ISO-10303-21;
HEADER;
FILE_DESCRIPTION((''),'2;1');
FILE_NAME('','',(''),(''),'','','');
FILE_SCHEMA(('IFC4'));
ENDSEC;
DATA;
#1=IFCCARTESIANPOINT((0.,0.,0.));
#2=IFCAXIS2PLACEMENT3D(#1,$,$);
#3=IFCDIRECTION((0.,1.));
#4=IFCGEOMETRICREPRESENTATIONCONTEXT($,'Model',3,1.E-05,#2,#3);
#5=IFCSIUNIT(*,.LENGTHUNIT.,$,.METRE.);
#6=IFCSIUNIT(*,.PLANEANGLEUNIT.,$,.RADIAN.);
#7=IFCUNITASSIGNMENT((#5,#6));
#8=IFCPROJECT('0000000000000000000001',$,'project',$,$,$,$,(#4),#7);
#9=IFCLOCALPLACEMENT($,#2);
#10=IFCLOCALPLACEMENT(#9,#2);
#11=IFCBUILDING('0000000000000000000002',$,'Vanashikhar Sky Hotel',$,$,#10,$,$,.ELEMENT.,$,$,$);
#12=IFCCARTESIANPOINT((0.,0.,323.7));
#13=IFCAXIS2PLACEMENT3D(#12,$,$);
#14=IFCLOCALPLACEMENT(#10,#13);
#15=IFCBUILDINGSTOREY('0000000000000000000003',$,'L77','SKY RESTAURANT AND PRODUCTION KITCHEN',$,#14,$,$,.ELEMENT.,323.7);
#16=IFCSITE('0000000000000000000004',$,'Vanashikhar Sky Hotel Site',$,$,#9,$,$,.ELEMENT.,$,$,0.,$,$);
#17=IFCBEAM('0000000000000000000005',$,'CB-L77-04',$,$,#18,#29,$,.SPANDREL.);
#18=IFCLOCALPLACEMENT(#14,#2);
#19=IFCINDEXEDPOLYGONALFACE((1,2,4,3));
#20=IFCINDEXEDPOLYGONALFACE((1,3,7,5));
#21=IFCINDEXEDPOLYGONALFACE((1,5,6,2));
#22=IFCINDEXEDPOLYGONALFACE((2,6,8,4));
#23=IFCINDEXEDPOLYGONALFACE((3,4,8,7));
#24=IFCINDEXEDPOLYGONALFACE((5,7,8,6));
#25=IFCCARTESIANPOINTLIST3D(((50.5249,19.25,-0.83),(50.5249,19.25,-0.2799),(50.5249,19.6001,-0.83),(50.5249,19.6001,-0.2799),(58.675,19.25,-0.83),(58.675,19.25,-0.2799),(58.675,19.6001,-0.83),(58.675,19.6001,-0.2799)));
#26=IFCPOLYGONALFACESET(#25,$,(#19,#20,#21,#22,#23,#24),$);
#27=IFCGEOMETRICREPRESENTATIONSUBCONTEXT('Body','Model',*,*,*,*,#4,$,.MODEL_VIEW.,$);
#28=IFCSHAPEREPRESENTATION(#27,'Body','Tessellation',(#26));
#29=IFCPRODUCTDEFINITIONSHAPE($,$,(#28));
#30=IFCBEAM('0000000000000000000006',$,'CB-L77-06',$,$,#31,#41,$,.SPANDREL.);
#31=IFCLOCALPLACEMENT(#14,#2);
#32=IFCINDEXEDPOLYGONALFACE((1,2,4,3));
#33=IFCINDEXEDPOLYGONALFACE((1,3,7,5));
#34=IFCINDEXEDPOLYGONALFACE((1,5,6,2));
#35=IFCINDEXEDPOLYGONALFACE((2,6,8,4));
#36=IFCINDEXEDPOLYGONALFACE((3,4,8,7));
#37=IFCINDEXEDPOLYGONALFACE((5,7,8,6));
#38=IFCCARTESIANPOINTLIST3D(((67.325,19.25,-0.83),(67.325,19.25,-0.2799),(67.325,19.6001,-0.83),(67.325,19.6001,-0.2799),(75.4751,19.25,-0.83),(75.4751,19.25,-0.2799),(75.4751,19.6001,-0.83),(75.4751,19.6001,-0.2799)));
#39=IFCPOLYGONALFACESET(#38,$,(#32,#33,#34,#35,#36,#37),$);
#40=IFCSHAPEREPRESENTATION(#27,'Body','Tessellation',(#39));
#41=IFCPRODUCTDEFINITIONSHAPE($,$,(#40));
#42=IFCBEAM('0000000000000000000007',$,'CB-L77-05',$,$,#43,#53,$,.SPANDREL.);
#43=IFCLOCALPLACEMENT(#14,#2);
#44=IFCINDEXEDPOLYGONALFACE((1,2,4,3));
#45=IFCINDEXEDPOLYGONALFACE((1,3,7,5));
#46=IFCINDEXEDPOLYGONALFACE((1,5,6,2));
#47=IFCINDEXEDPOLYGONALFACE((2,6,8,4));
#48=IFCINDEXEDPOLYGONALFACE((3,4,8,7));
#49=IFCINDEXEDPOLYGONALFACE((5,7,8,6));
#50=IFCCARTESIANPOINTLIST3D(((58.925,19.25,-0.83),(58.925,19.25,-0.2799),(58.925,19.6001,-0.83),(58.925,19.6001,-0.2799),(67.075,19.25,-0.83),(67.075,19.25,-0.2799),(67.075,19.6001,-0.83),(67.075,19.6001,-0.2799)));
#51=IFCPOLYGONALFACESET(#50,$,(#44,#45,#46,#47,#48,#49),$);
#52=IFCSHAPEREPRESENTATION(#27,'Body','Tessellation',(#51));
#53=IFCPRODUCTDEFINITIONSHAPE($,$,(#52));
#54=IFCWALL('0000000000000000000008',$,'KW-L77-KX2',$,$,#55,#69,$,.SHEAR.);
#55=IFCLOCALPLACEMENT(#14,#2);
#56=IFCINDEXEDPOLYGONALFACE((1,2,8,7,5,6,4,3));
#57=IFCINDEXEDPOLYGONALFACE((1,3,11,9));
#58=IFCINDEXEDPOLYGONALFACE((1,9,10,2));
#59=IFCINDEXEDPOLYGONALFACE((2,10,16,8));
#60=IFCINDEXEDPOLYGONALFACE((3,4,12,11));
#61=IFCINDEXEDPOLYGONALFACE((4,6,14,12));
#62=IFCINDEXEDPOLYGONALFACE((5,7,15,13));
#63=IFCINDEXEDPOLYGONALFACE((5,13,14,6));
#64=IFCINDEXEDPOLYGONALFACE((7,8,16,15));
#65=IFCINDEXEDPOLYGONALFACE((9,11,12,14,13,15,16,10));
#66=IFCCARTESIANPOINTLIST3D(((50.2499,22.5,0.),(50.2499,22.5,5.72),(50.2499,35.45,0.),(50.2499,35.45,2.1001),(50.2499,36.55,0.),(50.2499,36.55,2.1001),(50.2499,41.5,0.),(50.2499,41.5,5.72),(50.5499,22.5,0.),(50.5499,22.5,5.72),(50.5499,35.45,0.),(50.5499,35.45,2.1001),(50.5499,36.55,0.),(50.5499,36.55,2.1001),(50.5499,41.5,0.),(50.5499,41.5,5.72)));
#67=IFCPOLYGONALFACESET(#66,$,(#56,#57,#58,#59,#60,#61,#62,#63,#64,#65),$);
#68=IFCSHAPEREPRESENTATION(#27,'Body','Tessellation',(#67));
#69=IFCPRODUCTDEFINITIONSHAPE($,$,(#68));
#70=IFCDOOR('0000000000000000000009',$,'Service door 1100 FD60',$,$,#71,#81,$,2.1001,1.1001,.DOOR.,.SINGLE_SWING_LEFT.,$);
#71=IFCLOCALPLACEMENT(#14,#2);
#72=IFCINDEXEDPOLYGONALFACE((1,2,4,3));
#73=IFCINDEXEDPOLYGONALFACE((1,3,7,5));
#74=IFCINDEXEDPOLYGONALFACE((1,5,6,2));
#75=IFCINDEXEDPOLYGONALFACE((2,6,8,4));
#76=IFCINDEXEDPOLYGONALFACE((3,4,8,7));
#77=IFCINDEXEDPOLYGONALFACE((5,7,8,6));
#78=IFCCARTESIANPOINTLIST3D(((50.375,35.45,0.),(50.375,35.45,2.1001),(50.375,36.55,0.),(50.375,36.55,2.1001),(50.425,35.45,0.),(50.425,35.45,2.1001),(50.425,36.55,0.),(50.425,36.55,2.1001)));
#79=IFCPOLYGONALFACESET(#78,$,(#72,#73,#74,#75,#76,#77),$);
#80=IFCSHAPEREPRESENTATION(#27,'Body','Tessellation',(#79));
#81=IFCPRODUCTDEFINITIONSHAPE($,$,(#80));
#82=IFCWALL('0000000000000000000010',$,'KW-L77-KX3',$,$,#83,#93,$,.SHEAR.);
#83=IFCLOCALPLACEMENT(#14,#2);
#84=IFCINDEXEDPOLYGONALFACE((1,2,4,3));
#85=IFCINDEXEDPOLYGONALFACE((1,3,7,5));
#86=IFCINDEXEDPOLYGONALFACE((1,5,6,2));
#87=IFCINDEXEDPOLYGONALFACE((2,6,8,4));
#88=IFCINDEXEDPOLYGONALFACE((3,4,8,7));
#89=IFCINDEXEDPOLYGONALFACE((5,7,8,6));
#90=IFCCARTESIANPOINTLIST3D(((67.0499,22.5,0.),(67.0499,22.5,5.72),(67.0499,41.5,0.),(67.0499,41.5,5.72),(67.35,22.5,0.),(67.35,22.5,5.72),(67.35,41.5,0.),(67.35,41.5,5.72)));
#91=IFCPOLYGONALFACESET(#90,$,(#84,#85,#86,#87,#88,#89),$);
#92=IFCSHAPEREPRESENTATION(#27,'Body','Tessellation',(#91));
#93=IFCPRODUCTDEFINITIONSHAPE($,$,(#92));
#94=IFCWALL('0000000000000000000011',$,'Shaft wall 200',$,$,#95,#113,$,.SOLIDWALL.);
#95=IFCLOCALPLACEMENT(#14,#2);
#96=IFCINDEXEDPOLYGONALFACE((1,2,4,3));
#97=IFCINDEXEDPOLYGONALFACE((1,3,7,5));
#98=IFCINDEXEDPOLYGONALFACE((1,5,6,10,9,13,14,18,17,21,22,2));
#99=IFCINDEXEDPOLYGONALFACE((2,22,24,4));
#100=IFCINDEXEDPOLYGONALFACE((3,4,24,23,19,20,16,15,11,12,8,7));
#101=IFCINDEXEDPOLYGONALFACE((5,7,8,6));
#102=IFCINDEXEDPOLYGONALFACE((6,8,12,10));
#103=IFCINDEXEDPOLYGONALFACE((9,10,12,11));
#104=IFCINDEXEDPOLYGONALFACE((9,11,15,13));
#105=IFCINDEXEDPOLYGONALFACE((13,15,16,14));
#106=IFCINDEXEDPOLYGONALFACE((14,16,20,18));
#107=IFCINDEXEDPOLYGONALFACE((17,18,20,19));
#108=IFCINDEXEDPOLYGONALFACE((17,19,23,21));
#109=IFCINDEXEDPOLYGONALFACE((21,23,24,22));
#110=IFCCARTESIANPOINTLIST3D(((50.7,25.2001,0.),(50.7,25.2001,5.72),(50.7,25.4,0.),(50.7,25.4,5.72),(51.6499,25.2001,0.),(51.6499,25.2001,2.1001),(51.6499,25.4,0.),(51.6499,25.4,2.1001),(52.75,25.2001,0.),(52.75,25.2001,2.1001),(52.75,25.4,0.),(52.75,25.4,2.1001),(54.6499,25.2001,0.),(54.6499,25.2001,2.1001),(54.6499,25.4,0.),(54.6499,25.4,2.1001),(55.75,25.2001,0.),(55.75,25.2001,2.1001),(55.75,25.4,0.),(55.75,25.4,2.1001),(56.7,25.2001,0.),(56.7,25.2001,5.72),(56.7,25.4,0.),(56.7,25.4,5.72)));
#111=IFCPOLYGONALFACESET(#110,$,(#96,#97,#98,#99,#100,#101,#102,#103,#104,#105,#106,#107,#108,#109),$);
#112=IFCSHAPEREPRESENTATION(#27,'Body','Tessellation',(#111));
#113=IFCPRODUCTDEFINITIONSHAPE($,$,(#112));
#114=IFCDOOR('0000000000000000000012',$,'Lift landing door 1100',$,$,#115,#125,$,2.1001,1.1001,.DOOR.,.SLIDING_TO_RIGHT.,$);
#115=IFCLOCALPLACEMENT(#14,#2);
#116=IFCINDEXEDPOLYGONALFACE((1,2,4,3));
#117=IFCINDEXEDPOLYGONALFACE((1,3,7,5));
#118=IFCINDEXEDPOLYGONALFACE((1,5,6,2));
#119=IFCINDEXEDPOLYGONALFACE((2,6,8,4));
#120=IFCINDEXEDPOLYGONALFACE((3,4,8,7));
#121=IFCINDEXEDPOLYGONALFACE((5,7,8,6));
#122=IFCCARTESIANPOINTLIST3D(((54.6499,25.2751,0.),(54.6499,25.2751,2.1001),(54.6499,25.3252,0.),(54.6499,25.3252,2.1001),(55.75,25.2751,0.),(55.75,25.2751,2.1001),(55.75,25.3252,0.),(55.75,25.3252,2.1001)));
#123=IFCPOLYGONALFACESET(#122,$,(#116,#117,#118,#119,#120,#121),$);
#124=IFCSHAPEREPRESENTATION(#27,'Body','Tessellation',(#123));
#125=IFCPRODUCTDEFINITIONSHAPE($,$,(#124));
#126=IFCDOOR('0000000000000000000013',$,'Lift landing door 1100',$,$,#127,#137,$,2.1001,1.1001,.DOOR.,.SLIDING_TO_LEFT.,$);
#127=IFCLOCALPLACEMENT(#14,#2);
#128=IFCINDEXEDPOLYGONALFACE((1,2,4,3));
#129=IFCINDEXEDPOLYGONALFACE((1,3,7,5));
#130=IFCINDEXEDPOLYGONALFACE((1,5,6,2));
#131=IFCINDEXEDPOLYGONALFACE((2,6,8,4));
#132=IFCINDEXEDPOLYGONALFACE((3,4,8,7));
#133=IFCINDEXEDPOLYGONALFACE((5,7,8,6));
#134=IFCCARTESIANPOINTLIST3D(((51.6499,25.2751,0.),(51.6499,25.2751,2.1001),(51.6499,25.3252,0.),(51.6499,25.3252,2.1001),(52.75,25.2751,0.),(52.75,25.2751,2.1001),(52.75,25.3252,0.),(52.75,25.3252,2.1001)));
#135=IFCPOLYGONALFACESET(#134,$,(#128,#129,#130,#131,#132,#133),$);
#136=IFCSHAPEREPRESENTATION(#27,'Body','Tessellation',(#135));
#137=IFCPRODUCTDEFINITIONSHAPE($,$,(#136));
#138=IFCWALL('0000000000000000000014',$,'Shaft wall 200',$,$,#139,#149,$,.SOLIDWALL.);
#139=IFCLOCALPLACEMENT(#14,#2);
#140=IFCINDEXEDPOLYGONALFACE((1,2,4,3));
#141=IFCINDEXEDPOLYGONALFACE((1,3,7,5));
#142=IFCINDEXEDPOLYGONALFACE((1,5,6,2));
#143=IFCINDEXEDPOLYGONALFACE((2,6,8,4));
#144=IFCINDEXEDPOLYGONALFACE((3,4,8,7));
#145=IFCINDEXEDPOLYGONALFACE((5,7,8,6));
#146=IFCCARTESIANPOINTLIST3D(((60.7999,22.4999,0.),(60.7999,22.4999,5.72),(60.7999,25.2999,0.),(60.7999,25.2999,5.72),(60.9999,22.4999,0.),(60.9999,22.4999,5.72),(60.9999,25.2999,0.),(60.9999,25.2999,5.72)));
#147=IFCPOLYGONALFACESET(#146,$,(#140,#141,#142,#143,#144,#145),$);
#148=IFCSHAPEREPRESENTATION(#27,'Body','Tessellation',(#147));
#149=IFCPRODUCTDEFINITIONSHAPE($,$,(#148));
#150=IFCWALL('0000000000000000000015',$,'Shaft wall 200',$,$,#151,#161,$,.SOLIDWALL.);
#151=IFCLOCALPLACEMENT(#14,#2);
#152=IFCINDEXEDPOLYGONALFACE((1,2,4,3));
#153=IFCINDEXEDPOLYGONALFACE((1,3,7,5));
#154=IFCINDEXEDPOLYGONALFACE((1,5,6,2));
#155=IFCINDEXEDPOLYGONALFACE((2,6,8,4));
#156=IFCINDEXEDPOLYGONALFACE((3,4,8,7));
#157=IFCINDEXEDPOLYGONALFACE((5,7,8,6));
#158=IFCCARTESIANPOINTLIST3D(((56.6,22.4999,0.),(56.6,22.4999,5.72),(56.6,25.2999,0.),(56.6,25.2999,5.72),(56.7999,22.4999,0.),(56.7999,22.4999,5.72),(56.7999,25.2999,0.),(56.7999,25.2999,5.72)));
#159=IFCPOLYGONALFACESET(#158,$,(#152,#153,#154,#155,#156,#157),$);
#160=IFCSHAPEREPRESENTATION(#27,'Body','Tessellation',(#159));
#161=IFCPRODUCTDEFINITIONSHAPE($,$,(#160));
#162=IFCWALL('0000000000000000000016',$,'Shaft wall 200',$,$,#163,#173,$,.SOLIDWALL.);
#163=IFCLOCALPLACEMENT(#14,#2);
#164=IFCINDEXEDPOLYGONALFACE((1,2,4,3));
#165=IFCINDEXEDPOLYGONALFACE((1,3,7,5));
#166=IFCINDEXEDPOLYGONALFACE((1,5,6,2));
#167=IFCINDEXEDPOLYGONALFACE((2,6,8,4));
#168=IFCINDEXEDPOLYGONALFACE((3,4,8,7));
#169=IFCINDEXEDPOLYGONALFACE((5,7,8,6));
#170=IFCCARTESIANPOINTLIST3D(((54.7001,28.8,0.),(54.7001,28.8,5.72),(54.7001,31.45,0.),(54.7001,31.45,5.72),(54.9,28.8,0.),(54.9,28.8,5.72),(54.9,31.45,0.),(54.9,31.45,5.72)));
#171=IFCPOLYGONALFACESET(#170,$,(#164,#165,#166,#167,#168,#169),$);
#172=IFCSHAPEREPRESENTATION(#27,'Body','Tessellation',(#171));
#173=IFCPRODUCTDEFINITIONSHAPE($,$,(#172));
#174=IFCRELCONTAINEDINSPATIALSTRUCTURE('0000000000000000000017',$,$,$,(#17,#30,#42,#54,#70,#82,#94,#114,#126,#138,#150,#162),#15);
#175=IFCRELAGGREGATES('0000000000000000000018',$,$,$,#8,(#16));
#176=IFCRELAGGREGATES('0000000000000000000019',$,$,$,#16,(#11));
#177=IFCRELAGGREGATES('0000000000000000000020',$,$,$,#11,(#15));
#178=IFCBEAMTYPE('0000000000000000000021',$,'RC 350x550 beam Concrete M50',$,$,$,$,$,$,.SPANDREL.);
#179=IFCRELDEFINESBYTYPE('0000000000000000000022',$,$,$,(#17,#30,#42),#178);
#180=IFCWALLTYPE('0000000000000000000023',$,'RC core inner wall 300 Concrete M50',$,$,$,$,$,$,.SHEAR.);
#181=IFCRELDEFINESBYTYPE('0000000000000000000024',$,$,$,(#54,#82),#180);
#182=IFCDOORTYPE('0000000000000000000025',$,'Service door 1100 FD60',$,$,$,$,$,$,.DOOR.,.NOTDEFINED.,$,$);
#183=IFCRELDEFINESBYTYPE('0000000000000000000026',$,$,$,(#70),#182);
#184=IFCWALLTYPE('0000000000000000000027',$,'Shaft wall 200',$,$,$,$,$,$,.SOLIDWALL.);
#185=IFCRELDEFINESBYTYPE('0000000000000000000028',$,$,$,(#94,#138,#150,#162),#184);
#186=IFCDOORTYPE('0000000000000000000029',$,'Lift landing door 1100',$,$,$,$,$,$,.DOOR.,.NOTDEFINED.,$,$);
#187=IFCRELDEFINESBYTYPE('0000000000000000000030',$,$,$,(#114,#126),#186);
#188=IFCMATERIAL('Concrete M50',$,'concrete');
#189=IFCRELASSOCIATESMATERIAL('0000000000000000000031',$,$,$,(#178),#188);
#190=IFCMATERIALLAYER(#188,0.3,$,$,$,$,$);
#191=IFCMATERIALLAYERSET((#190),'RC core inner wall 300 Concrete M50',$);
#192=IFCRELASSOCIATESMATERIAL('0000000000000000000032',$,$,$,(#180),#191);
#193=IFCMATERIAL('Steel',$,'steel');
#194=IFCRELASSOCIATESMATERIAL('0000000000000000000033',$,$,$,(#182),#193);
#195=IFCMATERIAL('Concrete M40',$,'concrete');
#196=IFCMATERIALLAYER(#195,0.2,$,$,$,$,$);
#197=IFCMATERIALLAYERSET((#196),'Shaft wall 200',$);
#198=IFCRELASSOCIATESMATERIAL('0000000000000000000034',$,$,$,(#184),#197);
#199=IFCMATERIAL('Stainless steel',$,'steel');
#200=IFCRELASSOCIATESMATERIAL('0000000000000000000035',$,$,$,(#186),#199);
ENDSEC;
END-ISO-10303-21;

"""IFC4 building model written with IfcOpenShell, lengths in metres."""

from ifc_helpers import new_model, si_unit, direction, frame, frame_2d, origin, origin_2d, place, context, subcontext, project, spatial, rectangle, extrude, source, transform, mapped, material, layer, layer_set, material_profile, profile_set, type_object, element, fill, save


model = new_model("IFC4")

# Units and contexts
model_context = context("Model", 3, precision=1e-05, world=origin(), true_north=direction((0.0, 1.0)))
body_context = subcontext(model_context, "Body", "Model", "MODEL_VIEW")
ifc_project = project(units=[si_unit("LENGTHUNIT", "METRE"), si_unit("PLANEANGLEUNIT", "RADIAN")], contexts=[model_context])

# Site, building, storey
site_placement = place(None, origin())
site = spatial("IfcSite", under=ifc_project, at=site_placement, Name="Vanashikhar Sky Hotel Site", CompositionType="ELEMENT", RefElevation=0.0)
building_placement = place(site_placement, origin())
building = spatial("IfcBuilding", under=site, at=building_placement, Name="Vanashikhar Sky Hotel", CompositionType="ELEMENT")
storey_placement = place(building_placement, frame((0.0, 0.0, 323.7)))
storey = spatial("IfcBuildingStorey", under=building, at=storey_placement, Name="L77", Description="SKY RESTAURANT AND PRODUCTION KITCHEN", CompositionType="ELEMENT", Elevation=323.7)

# Beams
ifc_material_1 = material(Name="Concrete M50", Category="concrete")
ifc_material_profile = material_profile(ifc_material_1, rectangle(XDim=0.3501, YDim=0.55, at=origin_2d()))
ifc_profile_set = profile_set([ifc_material_profile], Name="RC 350x550 beam Concrete M50")
beam_type = type_object("IfcBeamType", Name="RC 350x550 beam Concrete M50", PredefinedType="SPANDREL", material=ifc_profile_set)
shared_shape_1 = source(origin(), body_context, "Body", "SweptSolid", [
    extrude(rectangle(XDim=0.3501, YDim=0.55, at=origin_2d()), origin(), (0.0, 0.0, 1.0), 8.1501),
])
for number, where, z_axis, x_axis, name in (
    (1, (50.5249, 19.425, -0.5549), (1.0, 0.0, 0.0), (0.0, 1.0, 0.0), "CB-L77-04"),
    (2, (67.325, 19.425, -0.5549), (1.0, 0.0, 0.0), (0.0, 1.0, 0.0), "CB-L77-06"),
):
    element("IfcBeam", number, at=place(storey_placement, frame(where, z_axis=z_axis, x_axis=x_axis)), inside=storey, type_object=beam_type, Name=name, PredefinedType="SPANDREL", context=body_context, shape_type="MappedRepresentation", body=[
        mapped(shared_shape_1, transform((0.0, 0.0, 0.0), scale=1.0)),
    ])
shared_shape_2 = source(origin(), body_context, "Body", "SweptSolid", [
    extrude(rectangle(XDim=0.3501, YDim=0.55, at=origin_2d()), origin(), (0.0, 0.0, 1.0), 8.1499),
])
beam_placement = place(storey_placement, frame((58.925, 19.425, -0.5549), z_axis=(1.0, 0.0, 0.0), x_axis=(0.0, 1.0, 0.0)))
element("IfcBeam", 3, at=beam_placement, inside=storey, type_object=beam_type, Name="CB-L77-05", PredefinedType="SPANDREL", context=body_context, shape_type="MappedRepresentation", body=[
    mapped(shared_shape_2, transform((0.0, 0.0, 0.0), scale=1.0)),
])

# Wall, opening, door
ifc_layer_1 = layer(ifc_material_1, 0.3)
ifc_layer_set_1 = layer_set([ifc_layer_1], Name="RC core inner wall 300 Concrete M50")
wall_type_1 = type_object("IfcWallType", Name="RC core inner wall 300 Concrete M50", PredefinedType="SHEAR", material=ifc_layer_set_1)
shared_shape_3 = source(origin(), body_context, "Body", "SweptSolid", [
    extrude(rectangle(XDim=19.0, YDim=0.3, at=frame_2d((9.5, 0.0))), origin(), (0.0, 0.0, 1.0), 5.72),
])
wall_1_placement = place(storey_placement, frame((50.3999, 22.5, 0.0), z_axis=(0.0, 0.0, 1.0), x_axis=(0.0, 1.0, 0.0)))
wall_1 = element("IfcWall", 4, at=wall_1_placement, inside=storey, type_object=wall_type_1, Name="KW-L77-KX2", PredefinedType="SHEAR", context=body_context, shape_type="MappedRepresentation", body=[
    mapped(shared_shape_3, transform((0.0, 0.0, 0.0), scale=1.0)),
])
shared_shape_4 = source(origin(), body_context, "Body", "SweptSolid", [
    extrude(rectangle(XDim=1.1001, YDim=2.1001, at=frame_2d((0.55, 1.05))), frame((0.0, 0.1602, 0.0), z_axis=(0.0, -1.0, 0.0), x_axis=(1.0, 0.0, 0.0)), (0.0, 0.0, 1.0), 0.3201),
])
opening_1_placement = place(wall_1_placement, frame((12.95, 0.0, 0.0)))
opening_1 = element("IfcOpeningElement", 5, at=opening_1_placement, cuts=wall_1, PredefinedType="OPENING", context=body_context, shape_type="MappedRepresentation", body=[
    mapped(shared_shape_4, transform((0.0, 0.0, 0.0), scale=1.0)),
])
ifc_material_2 = material(Name="Steel", Category="steel")
door_type_1 = type_object("IfcDoorType", Name="Service door 1100 FD60", OperationType="NOTDEFINED", PredefinedType="DOOR", material=ifc_material_2)
shared_shape_5 = source(origin(), body_context, "Body", "SweptSolid", [
    extrude(rectangle(XDim=1.1001, YDim=2.1001, at=frame_2d((0.55, 1.05))), frame((0.0, 0.0249, 0.0), z_axis=(0.0, -1.0, 0.0), x_axis=(1.0, 0.0, 0.0)), (0.0, 0.0, 1.0), 0.05),
])
door_1_placement = place(opening_1_placement, origin())
door_1 = element("IfcDoor", 6, at=door_1_placement, inside=storey, type_object=door_type_1, Name="Service door 1100 FD60", OperationType="SINGLE_SWING_LEFT", OverallHeight=2.1001, OverallWidth=1.1001, PredefinedType="DOOR", context=body_context, shape_type="MappedRepresentation", body=[
    mapped(shared_shape_5, transform((0.0, 0.0, 0.0), scale=1.0)),
])
fill(opening_1, door_1)

# Wall
wall_2_placement = place(storey_placement, frame((67.2, 22.5, 0.0), z_axis=(0.0, 0.0, 1.0), x_axis=(0.0, 1.0, 0.0)))
element("IfcWall", 7, at=wall_2_placement, inside=storey, type_object=wall_type_1, Name="KW-L77-KX3", PredefinedType="SHEAR", context=body_context, shape_type="MappedRepresentation", body=[
    mapped(shared_shape_3, transform((0.0, 0.0, 0.0), scale=1.0)),
])

# Wall, openings, doors
ifc_material_3 = material(Name="Concrete M40", Category="concrete")
ifc_layer_2 = layer(ifc_material_3, 0.2)
ifc_layer_set_2 = layer_set([ifc_layer_2], Name="Shaft wall 200")
wall_type_2 = type_object("IfcWallType", Name="Shaft wall 200", PredefinedType="SOLIDWALL", material=ifc_layer_set_2)
shared_shape_6 = source(origin(), body_context, "Body", "SweptSolid", [
    extrude(rectangle(XDim=6.0, YDim=0.2, at=frame_2d((3.0, 0.0))), origin(), (0.0, 0.0, 1.0), 5.72),
])
wall_3_placement = place(storey_placement, frame((56.7, 25.3, 0.0), z_axis=(0.0, 0.0, 1.0), x_axis=(-1.0, 0.0, 0.0)))
wall_3 = element("IfcWall", 8, at=wall_3_placement, inside=storey, type_object=wall_type_2, Name="Shaft wall 200", PredefinedType="SOLIDWALL", context=body_context, shape_type="MappedRepresentation", body=[
    mapped(shared_shape_6, transform((0.0, 0.0, 0.0), scale=1.0)),
])
shared_shape_7 = source(origin(), body_context, "Body", "SweptSolid", [
    extrude(rectangle(XDim=1.1001, YDim=2.1001, at=frame_2d((0.55, 1.05))), frame((0.0, 0.1099, 0.0), z_axis=(0.0, -1.0, 0.0), x_axis=(1.0, 0.0, 0.0)), (0.0, 0.0, 1.0), 0.22),
])
opening_2_placement = place(wall_3_placement, frame((0.95, 0.0, 0.0)))
opening_2 = element("IfcOpeningElement", 9, at=opening_2_placement, cuts=wall_3, PredefinedType="OPENING", context=body_context, shape_type="MappedRepresentation", body=[
    mapped(shared_shape_7, transform((0.0, 0.0, 0.0), scale=1.0)),
])
opening_3_placement = place(wall_3_placement, frame((3.95, 0.0, 0.0)))
opening_3 = element("IfcOpeningElement", 10, at=opening_3_placement, cuts=wall_3, PredefinedType="OPENING", context=body_context, shape_type="MappedRepresentation", body=[
    mapped(shared_shape_7, transform((0.0, 0.0, 0.0), scale=1.0)),
])
ifc_material_4 = material(Name="Stainless steel", Category="steel")
door_type_2 = type_object("IfcDoorType", Name="Lift landing door 1100", OperationType="NOTDEFINED", PredefinedType="DOOR", material=ifc_material_4)
door_2_placement = place(opening_2_placement, origin())
door_2 = element("IfcDoor", 11, at=door_2_placement, inside=storey, type_object=door_type_2, Name="Lift landing door 1100", OperationType="SLIDING_TO_RIGHT", OverallHeight=2.1001, OverallWidth=1.1001, PredefinedType="DOOR", context=body_context, shape_type="MappedRepresentation", body=[
    mapped(shared_shape_5, transform((0.0, 0.0, 0.0), scale=1.0)),
])
fill(opening_2, door_2)
door_3_placement = place(opening_3_placement, origin())
door_3 = element("IfcDoor", 12, at=door_3_placement, inside=storey, type_object=door_type_2, Name="Lift landing door 1100", OperationType="SLIDING_TO_LEFT", OverallHeight=2.1001, OverallWidth=1.1001, PredefinedType="DOOR", context=body_context, shape_type="MappedRepresentation", body=[
    mapped(shared_shape_5, transform((0.0, 0.0, 0.0), scale=1.0)),
])
fill(opening_3, door_3)

# Walls
shared_shape_8 = source(origin(), body_context, "Body", "SweptSolid", [
    extrude(rectangle(XDim=2.8, YDim=0.2, at=frame_2d((1.3999, 0.0))), origin(), (0.0, 0.0, 1.0), 5.72),
])
for number, where, z_axis, x_axis, name in (
    (13, (60.8999, 22.5, 0.0), (0.0, 0.0, 1.0), (0.0, 1.0, 0.0), "Shaft wall 200"),
    (14, (56.7, 22.5, 0.0), (0.0, 0.0, 1.0), (0.0, 1.0, 0.0), "Shaft wall 200"),
):
    element("IfcWall", number, at=place(storey_placement, frame(where, z_axis=z_axis, x_axis=x_axis)), inside=storey, type_object=wall_type_2, Name=name, PredefinedType="SOLIDWALL", context=body_context, shape_type="MappedRepresentation", body=[
        mapped(shared_shape_8, transform((0.0, 0.0, 0.0), scale=1.0)),
    ])
shared_shape_9 = source(origin(), body_context, "Body", "SweptSolid", [
    extrude(rectangle(XDim=2.6499, YDim=0.2, at=frame_2d((1.325, 0.0))), origin(), (0.0, 0.0, 1.0), 5.72),
])
wall_4_placement = place(storey_placement, frame((54.8, 28.8, 0.0), z_axis=(0.0, 0.0, 1.0), x_axis=(0.0, 1.0, 0.0)))
element("IfcWall", 15, at=wall_4_placement, inside=storey, type_object=wall_type_2, Name="Shaft wall 200", PredefinedType="SOLIDWALL", context=body_context, shape_type="MappedRepresentation", body=[
    mapped(shared_shape_9, transform((0.0, 0.0, 0.0), scale=1.0)),
])

save(model, "model.ifc")
